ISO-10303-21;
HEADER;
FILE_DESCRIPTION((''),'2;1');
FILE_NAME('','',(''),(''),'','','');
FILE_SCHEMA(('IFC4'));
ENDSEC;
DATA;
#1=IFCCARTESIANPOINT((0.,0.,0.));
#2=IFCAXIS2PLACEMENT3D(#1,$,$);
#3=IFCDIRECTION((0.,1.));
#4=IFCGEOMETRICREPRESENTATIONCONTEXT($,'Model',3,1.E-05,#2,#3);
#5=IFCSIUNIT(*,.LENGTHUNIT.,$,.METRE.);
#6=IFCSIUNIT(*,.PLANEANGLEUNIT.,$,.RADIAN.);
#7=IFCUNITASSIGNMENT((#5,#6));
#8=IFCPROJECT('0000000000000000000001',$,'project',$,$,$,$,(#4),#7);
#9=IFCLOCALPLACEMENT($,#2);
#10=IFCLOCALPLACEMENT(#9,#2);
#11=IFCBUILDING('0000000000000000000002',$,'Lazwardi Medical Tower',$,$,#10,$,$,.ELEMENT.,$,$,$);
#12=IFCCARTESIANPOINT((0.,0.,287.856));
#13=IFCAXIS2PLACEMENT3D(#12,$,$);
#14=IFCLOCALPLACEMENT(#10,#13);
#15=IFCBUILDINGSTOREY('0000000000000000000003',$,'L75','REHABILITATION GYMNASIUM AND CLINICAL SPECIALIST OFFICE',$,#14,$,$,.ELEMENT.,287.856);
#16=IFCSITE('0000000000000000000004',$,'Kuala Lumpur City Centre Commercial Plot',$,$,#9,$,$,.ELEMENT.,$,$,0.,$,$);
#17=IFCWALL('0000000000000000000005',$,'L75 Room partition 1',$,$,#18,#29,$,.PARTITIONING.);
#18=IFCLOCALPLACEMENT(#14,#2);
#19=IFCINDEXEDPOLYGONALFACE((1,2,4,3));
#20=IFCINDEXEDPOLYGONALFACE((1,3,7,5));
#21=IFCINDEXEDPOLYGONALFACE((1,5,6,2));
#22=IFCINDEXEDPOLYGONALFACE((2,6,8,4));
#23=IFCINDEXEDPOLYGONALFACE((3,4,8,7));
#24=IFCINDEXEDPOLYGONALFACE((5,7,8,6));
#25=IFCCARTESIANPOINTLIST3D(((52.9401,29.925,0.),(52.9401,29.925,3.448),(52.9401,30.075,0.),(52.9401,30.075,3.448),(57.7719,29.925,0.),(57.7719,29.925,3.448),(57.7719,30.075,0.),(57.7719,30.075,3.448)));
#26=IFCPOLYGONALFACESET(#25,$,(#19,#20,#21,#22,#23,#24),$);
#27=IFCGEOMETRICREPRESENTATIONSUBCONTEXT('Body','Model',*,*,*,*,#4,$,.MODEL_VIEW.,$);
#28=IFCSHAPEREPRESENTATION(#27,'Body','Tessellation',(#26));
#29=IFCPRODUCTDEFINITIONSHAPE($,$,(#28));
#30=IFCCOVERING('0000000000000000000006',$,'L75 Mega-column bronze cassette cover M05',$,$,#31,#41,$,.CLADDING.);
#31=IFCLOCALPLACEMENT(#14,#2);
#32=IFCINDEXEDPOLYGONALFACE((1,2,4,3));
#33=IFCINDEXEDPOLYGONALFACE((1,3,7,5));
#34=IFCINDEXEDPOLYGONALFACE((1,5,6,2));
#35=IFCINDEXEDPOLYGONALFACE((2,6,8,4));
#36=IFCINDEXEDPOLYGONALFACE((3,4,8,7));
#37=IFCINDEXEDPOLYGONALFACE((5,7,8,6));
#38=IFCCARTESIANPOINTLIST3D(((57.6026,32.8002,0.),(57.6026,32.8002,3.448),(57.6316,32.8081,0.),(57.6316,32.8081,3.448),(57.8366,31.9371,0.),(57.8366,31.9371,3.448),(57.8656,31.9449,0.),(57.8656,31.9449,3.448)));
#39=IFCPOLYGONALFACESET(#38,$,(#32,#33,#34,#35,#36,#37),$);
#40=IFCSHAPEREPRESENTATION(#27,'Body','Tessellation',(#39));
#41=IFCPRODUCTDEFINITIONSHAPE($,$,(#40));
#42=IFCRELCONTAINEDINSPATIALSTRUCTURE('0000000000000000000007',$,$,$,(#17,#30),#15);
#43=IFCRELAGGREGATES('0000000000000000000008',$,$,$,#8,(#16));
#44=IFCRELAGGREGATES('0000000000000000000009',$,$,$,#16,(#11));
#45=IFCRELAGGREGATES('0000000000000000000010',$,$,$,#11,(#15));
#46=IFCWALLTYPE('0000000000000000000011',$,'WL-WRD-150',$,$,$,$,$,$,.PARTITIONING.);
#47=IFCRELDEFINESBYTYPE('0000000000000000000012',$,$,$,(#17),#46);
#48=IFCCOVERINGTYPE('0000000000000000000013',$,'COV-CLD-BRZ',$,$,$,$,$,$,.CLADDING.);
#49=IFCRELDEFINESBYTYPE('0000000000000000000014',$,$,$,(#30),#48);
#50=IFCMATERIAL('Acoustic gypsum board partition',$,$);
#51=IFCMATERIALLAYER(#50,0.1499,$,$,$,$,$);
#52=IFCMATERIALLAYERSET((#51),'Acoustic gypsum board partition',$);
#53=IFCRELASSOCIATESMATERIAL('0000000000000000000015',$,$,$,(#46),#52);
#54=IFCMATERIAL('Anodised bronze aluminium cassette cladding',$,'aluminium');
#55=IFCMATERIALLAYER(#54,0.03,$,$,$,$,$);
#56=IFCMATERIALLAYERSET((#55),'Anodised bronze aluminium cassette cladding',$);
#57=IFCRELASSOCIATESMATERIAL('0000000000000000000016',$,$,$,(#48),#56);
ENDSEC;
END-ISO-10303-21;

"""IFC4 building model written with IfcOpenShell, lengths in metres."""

from ifc_helpers import new_model, si_unit, direction, frame, frame_2d, origin, origin_2d, place, context, subcontext, project, spatial, rectangle, extrude, material, layer, layer_set, type_object, element, save


model = new_model("IFC4")

# Units and contexts
model_context = context("Model", 3, precision=1e-05, world=origin(), true_north=direction((0.0, 1.0)))
body_context = subcontext(model_context, "Body", "Model", "MODEL_VIEW")
ifc_project = project(units=[si_unit("LENGTHUNIT", "METRE"), si_unit("PLANEANGLEUNIT", "RADIAN")], contexts=[model_context])

# Site, building, storey
site_placement = place(None, origin())
site = spatial("IfcSite", under=ifc_project, at=site_placement, Name="Kuala Lumpur City Centre Commercial Plot", CompositionType="ELEMENT", RefElevation=0.0)
building_placement = place(site_placement, origin())
building = spatial("IfcBuilding", under=site, at=building_placement, Name="Lazwardi Medical Tower", CompositionType="ELEMENT")
storey_placement = place(building_placement, frame((0.0, 0.0, 287.856)))
storey = spatial("IfcBuildingStorey", under=building, at=storey_placement, Name="L75", Description="REHABILITATION GYMNASIUM AND CLINICAL SPECIALIST OFFICE", CompositionType="ELEMENT", Elevation=287.856)

# Wall
ifc_material_1 = material(Name="Acoustic gypsum board partition")
ifc_layer_1 = layer(ifc_material_1, 0.1499)
ifc_layer_set_1 = layer_set([ifc_layer_1], Name="Acoustic gypsum board partition")
wall_type_1 = type_object("IfcWallType", Name="WL-WRD-150", PredefinedType="PARTITIONING", material=ifc_layer_set_1)
wall_1_placement = place(storey_placement, frame((52.9399, 30.0, 0.0), z_axis=(0.0, 0.0, 1.0), x_axis=(1.0, 0.0, 0.0)))
element("IfcWall", 1, at=wall_1_placement, inside=storey, type_object=wall_type_1, Name="L75 Room partition 1", PredefinedType="PARTITIONING", context=body_context, shape_type="SweptSolid", body=[
    extrude(rectangle(XDim=4.8318, YDim=0.1499, at=frame_2d((2.416, 0.0))), origin(), (0.0, 0.0, 1.0), 3.448),
])

# Covering
ifc_material_2 = material(Name="Anodised bronze aluminium cassette cladding", Category="aluminium")
ifc_layer_2 = layer(ifc_material_2, 0.03)
ifc_layer_set_2 = layer_set([ifc_layer_2], Name="Anodised bronze aluminium cassette cladding")
covering_type = type_object("IfcCoveringType", Name="COV-CLD-BRZ", PredefinedType="CLADDING", material=ifc_layer_set_2)
covering_placement = place(storey_placement, frame((57.7341, 32.3726, 0.0), z_axis=(0.0, 0.0, 1.0), x_axis=(-0.261642, 0.965165, 0.0)))
element("IfcCovering", 2, at=covering_placement, inside=storey, type_object=covering_type, Name="L75 Mega-column bronze cassette cover M05", PredefinedType="CLADDING", context=body_context, shape_type="SweptSolid", body=[
    extrude(rectangle(XDim=0.8943, YDim=0.03, at=origin_2d()), origin(), (0.0, 0.0, 1.0), 3.448),
])

save(model, "model.ifc")
